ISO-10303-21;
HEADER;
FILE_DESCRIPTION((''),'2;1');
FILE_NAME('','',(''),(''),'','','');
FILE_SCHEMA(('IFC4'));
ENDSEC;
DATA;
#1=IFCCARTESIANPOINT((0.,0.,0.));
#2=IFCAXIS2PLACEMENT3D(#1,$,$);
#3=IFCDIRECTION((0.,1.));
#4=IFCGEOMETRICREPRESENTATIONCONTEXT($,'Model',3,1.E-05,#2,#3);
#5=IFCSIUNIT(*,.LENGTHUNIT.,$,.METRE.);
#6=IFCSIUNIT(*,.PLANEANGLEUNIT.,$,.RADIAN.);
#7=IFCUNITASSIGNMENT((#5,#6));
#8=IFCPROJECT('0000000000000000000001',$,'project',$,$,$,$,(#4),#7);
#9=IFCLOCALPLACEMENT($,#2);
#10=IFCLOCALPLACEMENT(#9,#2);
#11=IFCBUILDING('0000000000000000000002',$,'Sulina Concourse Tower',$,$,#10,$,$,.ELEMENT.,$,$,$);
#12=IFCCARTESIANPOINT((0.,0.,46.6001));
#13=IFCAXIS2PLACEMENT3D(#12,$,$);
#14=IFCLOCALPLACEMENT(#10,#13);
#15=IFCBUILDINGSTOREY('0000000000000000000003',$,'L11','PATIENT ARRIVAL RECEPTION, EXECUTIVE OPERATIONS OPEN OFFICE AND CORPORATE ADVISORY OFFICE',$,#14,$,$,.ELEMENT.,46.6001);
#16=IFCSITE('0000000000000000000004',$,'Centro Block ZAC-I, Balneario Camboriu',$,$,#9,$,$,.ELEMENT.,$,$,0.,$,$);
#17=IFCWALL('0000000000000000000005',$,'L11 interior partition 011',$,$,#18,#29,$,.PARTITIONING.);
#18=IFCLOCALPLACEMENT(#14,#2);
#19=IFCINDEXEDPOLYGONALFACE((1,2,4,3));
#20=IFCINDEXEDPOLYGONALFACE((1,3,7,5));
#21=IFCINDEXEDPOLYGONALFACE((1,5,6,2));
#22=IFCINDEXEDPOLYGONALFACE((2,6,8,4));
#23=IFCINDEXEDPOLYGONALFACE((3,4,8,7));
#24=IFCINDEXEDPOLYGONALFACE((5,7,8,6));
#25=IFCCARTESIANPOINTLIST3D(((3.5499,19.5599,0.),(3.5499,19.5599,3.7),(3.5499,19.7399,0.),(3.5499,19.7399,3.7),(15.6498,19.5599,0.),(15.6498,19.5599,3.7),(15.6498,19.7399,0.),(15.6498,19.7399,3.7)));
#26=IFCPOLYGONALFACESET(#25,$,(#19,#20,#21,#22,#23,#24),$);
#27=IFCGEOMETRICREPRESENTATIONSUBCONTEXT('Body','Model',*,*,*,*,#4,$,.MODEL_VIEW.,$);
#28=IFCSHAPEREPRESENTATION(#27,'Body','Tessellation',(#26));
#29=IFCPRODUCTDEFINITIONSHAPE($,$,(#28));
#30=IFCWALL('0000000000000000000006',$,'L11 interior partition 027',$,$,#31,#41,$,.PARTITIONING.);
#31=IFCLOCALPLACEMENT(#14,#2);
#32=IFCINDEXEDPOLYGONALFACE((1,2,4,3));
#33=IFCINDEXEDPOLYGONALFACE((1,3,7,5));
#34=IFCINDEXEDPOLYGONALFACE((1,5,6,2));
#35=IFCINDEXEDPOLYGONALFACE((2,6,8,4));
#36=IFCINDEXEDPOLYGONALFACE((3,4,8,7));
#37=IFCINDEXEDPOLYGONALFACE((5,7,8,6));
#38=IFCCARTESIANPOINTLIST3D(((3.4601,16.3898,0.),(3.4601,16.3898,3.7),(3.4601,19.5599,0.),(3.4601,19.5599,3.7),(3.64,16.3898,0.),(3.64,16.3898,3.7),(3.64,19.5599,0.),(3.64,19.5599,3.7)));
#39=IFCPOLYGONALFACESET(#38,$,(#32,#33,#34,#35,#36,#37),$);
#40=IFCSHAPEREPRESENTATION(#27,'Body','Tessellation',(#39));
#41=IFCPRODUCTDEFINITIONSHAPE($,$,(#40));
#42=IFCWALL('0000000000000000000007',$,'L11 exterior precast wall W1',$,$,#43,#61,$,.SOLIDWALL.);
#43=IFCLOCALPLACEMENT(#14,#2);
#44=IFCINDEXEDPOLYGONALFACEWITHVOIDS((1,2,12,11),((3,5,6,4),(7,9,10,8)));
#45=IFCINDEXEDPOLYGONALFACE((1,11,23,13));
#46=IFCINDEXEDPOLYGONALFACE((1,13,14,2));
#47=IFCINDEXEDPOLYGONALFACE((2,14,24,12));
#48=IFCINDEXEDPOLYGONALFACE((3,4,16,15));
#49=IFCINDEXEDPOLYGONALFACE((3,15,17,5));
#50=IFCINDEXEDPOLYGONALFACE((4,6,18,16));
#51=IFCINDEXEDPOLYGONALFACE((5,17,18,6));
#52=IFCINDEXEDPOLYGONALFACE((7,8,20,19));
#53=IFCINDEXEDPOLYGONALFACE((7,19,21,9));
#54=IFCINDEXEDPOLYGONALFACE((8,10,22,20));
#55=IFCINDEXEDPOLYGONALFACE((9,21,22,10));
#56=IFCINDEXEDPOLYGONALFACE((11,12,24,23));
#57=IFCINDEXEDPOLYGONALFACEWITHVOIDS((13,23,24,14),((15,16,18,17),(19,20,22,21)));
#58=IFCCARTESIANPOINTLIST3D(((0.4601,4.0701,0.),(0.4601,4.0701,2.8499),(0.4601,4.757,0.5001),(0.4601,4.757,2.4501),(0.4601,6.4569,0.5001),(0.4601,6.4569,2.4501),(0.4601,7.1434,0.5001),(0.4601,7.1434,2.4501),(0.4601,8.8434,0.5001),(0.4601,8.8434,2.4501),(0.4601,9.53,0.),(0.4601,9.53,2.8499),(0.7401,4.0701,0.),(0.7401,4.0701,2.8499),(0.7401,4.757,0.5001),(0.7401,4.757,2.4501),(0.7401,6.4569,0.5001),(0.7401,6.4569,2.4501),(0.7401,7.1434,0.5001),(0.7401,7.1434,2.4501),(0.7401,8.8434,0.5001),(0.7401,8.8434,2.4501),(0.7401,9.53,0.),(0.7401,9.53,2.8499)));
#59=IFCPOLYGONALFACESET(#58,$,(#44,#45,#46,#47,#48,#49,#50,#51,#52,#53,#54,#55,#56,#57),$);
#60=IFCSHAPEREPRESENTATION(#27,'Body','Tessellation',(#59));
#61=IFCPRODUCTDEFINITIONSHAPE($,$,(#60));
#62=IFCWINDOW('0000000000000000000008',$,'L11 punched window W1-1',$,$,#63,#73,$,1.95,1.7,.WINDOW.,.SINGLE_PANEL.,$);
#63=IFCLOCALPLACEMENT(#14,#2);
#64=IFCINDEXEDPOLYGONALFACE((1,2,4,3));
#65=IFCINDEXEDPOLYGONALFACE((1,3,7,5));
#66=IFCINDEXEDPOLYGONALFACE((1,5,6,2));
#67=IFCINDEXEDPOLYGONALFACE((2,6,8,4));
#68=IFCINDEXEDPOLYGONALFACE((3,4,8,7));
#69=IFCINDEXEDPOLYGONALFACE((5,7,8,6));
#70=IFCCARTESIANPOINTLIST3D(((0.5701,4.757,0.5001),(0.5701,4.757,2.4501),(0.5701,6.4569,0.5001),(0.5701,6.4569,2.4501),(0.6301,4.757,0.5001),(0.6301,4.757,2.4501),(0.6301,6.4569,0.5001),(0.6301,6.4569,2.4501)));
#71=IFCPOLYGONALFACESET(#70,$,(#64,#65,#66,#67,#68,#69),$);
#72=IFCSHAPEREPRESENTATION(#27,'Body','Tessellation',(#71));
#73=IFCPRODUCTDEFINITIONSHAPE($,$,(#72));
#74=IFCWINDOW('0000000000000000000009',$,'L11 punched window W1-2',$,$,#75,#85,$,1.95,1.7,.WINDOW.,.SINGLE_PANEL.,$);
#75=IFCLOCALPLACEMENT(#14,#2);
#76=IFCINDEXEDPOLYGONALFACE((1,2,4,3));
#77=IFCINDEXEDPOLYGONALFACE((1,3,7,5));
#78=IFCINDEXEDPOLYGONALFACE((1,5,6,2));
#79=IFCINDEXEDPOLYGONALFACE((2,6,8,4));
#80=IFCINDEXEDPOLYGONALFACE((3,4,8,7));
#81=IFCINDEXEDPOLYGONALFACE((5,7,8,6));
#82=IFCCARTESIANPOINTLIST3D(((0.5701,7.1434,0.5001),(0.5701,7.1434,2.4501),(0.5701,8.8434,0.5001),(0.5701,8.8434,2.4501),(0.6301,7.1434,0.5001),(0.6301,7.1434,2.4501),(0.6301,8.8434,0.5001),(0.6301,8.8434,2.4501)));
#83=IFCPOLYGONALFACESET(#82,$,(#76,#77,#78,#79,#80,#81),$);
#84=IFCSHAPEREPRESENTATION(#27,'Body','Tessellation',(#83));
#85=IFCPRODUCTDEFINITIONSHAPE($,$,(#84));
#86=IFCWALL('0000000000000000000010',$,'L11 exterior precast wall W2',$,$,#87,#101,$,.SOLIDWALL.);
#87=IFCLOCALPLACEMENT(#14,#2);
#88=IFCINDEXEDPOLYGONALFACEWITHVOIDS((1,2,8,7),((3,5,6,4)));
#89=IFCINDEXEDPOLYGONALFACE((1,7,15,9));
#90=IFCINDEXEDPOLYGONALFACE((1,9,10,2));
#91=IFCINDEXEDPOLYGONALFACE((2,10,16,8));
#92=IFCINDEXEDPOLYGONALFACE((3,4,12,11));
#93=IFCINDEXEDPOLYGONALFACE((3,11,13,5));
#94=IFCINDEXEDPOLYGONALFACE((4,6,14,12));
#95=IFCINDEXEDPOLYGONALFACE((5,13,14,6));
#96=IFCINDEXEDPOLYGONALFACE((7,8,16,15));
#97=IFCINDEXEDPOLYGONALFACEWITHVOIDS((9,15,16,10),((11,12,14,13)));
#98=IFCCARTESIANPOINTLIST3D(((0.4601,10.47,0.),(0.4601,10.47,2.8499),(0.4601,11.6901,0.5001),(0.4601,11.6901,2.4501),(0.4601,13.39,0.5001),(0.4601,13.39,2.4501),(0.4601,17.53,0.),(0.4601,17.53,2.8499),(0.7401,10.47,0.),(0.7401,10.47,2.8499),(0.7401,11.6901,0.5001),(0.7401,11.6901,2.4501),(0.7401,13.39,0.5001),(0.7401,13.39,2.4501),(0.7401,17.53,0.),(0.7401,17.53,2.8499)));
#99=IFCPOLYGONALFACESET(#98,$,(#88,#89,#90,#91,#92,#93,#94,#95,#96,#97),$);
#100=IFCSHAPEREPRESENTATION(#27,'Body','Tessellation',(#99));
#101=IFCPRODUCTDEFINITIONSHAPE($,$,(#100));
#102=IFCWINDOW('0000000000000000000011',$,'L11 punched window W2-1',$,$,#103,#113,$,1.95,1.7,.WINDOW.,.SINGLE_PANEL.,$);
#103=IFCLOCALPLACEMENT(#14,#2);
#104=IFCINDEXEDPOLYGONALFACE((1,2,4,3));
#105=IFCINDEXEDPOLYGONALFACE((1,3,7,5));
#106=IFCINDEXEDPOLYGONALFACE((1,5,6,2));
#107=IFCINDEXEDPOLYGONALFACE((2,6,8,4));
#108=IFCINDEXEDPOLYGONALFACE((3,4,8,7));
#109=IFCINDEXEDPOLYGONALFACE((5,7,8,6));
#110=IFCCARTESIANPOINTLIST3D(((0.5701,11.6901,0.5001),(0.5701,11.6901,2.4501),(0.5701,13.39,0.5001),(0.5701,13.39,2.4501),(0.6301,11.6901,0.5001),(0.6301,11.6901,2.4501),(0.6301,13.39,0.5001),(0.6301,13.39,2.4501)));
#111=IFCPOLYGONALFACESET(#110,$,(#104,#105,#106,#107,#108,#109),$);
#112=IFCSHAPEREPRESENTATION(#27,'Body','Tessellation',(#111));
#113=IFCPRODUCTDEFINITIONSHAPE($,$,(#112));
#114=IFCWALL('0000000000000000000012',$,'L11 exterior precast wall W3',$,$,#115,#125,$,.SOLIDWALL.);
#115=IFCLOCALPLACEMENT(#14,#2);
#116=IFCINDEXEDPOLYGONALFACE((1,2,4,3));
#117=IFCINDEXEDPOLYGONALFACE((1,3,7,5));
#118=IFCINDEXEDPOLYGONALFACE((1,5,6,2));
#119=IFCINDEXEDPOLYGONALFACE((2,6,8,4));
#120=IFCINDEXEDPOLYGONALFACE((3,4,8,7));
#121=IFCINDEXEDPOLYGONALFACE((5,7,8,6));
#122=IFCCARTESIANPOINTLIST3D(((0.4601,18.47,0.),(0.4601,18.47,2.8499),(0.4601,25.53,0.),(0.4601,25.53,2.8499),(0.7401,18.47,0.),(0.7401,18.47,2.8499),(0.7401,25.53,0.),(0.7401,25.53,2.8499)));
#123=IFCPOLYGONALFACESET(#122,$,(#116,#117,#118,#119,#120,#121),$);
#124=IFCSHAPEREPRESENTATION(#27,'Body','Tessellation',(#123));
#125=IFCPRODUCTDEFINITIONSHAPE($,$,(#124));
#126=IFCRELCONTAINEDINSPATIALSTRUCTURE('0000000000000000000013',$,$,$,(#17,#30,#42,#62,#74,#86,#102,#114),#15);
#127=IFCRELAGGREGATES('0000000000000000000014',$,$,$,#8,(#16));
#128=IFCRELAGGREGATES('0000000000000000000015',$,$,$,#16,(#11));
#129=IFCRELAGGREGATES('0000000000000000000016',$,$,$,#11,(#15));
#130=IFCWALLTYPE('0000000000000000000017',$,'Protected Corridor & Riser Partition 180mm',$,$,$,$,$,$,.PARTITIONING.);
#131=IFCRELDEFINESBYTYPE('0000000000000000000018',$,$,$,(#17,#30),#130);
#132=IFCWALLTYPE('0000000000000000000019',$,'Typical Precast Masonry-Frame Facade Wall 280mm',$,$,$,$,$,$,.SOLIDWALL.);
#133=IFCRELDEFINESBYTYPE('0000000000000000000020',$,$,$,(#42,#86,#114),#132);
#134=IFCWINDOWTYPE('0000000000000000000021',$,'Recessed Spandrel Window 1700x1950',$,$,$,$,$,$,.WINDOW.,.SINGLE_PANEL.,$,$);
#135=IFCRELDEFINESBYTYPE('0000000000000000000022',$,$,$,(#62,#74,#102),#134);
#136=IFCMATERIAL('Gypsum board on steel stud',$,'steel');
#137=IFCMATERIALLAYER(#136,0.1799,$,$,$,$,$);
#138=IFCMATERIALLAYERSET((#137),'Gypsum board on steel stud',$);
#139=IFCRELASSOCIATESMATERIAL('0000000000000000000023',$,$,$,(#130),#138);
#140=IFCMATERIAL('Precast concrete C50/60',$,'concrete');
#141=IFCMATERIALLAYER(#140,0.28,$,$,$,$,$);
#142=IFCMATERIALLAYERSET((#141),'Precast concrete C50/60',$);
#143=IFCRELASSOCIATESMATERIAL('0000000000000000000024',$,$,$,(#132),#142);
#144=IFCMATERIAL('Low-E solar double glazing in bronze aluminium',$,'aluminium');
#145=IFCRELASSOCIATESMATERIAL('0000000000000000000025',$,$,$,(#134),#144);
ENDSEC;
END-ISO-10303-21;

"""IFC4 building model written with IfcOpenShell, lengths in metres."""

from ifc_helpers import new_model, si_unit, direction, frame, frame_2d, origin, place, context, subcontext, project, spatial, rectangle, extrude, material, layer, layer_set, type_object, element, fill, save


model = new_model("IFC4")

# Units and contexts
model_context = context("Model", 3, precision=1e-05, world=origin(), true_north=direction((0.0, 1.0)))
body_context = subcontext(model_context, "Body", "Model", "MODEL_VIEW")
ifc_project = project(units=[si_unit("LENGTHUNIT", "METRE"), si_unit("PLANEANGLEUNIT", "RADIAN")], contexts=[model_context])

# Site, building, storey
site_placement = place(None, origin())
site = spatial("IfcSite", under=ifc_project, at=site_placement, Name="Centro Block ZAC-I, Balneario Camboriu", CompositionType="ELEMENT", RefElevation=0.0)
building_placement = place(site_placement, origin())
building = spatial("IfcBuilding", under=site, at=building_placement, Name="Sulina Concourse Tower", CompositionType="ELEMENT")
storey_placement = place(building_placement, frame((0.0, 0.0, 46.6001)))
storey = spatial("IfcBuildingStorey", under=building, at=storey_placement, Name="L11", Description="PATIENT ARRIVAL RECEPTION, EXECUTIVE OPERATIONS OPEN OFFICE AND CORPORATE ADVISORY OFFICE", CompositionType="ELEMENT", Elevation=46.6001)

# Shared definitions
ifc_material_1 = material(Name="Gypsum board on steel stud", Category="steel")
ifc_layer_1 = layer(ifc_material_1, 0.1799)
ifc_layer_set_1 = layer_set([ifc_layer_1], Name="Gypsum board on steel stud")
wall_type_1 = type_object("IfcWallType", Name="Protected Corridor & Riser Partition 180mm", PredefinedType="PARTITIONING", material=ifc_layer_set_1)

# Walls
wall_1_placement = place(storey_placement, frame((3.55, 19.6499, 0.0), z_axis=(0.0, 0.0, 1.0), x_axis=(1.0, 0.0, 0.0)))
element("IfcWall", 1, at=wall_1_placement, inside=storey, type_object=wall_type_1, Name="L11 interior partition 011", PredefinedType="PARTITIONING", context=body_context, shape_type="SweptSolid", body=[
    extrude(rectangle(XDim=12.0999, YDim=0.1799, at=frame_2d((6.0498, 0.0))), origin(), (0.0, 0.0, 1.0), 3.7),
])
wall_2_placement = place(storey_placement, frame((3.55, 16.3899, 0.0), z_axis=(0.0, 0.0, 1.0), x_axis=(0.0, 1.0, 0.0)))
element("IfcWall", 2, at=wall_2_placement, inside=storey, type_object=wall_type_1, Name="L11 interior partition 027", PredefinedType="PARTITIONING", context=body_context, shape_type="SweptSolid", body=[
    extrude(rectangle(XDim=3.1702, YDim=0.1799, at=frame_2d((1.585, 0.0))), origin(), (0.0, 0.0, 1.0), 3.7),
])

# Wall, openings, windows
ifc_material_2 = material(Name="Precast concrete C50/60", Category="concrete")
ifc_layer_2 = layer(ifc_material_2, 0.28)
ifc_layer_set_2 = layer_set([ifc_layer_2], Name="Precast concrete C50/60")
wall_type_2 = type_object("IfcWallType", Name="Typical Precast Masonry-Frame Facade Wall 280mm", PredefinedType="SOLIDWALL", material=ifc_layer_set_2)
wall_3_placement = place(storey_placement, frame((0.6001, 4.0701, 0.0), z_axis=(0.0, 0.0, 1.0), x_axis=(0.0, 1.0, 0.0)))
wall_3 = element("IfcWall", 3, at=wall_3_placement, inside=storey, type_object=wall_type_2, Name="L11 exterior precast wall W1", PredefinedType="SOLIDWALL", context=body_context, shape_type="SweptSolid", body=[
    extrude(rectangle(XDim=5.46, YDim=0.28, at=frame_2d((2.73, 0.0))), origin(), (0.0, 0.0, 1.0), 2.8499),
])
opening_1_placement = place(wall_3_placement, frame((0.6868, 0.0, 0.5)))
opening_1 = element("IfcOpeningElement", 4, at=opening_1_placement, cuts=wall_3, PredefinedType="OPENING", context=body_context, shape_type="SweptSolid", body=[
    extrude(rectangle(XDim=1.7, YDim=1.95, at=frame_2d((0.8501, 0.9751))), frame((0.0, 0.1499, 0.0), z_axis=(0.0, -1.0, 0.0), x_axis=(1.0, 0.0, 0.0)), (0.0, 0.0, 1.0), 0.3),
])
opening_2_placement = place(wall_3_placement, frame((3.0732, 0.0, 0.5)))
opening_2 = element("IfcOpeningElement", 5, at=opening_2_placement, cuts=wall_3, PredefinedType="OPENING", context=body_context, shape_type="SweptSolid", body=[
    extrude(rectangle(XDim=1.7, YDim=1.95, at=frame_2d((0.8501, 0.9751))), frame((0.0, 0.1499, 0.0), z_axis=(0.0, -1.0, 0.0), x_axis=(1.0, 0.0, 0.0)), (0.0, 0.0, 1.0), 0.3),
])
ifc_material_3 = material(Name="Low-E solar double glazing in bronze aluminium", Category="aluminium")
window_type = type_object("IfcWindowType", Name="Recessed Spandrel Window 1700x1950", PartitioningType="SINGLE_PANEL", PredefinedType="WINDOW", material=ifc_material_3)
window_1_placement = place(opening_1_placement, origin())
window_1 = element("IfcWindow", 6, at=window_1_placement, inside=storey, type_object=window_type, Name="L11 punched window W1-1", OverallHeight=1.95, OverallWidth=1.7, PartitioningType="SINGLE_PANEL", PredefinedType="WINDOW", context=body_context, shape_type="SweptSolid", body=[
    extrude(rectangle(XDim=1.7, YDim=1.95, at=frame_2d((0.8501, 0.9751))), frame((0.0, 0.03, 0.0), z_axis=(0.0, -1.0, 0.0), x_axis=(1.0, 0.0, 0.0)), (0.0, 0.0, 1.0), 0.0601),
])
fill(opening_1, window_1)
window_2_placement = place(opening_2_placement, origin())
window_2 = element("IfcWindow", 7, at=window_2_placement, inside=storey, type_object=window_type, Name="L11 punched window W1-2", OverallHeight=1.95, OverallWidth=1.7, PartitioningType="SINGLE_PANEL", PredefinedType="WINDOW", context=body_context, shape_type="SweptSolid", body=[
    extrude(rectangle(XDim=1.7, YDim=1.95, at=frame_2d((0.8501, 0.9751))), frame((0.0, 0.03, 0.0), z_axis=(0.0, -1.0, 0.0), x_axis=(1.0, 0.0, 0.0)), (0.0, 0.0, 1.0), 0.0601),
])
fill(opening_2, window_2)

# Wall, opening, window
wall_4_placement = place(storey_placement, frame((0.6001, 10.47, 0.0), z_axis=(0.0, 0.0, 1.0), x_axis=(0.0, 1.0, 0.0)))
wall_4 = element("IfcWall", 8, at=wall_4_placement, inside=storey, type_object=wall_type_2, Name="L11 exterior precast wall W2", PredefinedType="SOLIDWALL", context=body_context, shape_type="SweptSolid", body=[
    extrude(rectangle(XDim=7.0601, YDim=0.28, at=frame_2d((3.53, 0.0))), origin(), (0.0, 0.0, 1.0), 2.8499),
])
opening_3_placement = place(wall_4_placement, frame((1.22, 0.0, 0.5)))
opening_3 = element("IfcOpeningElement", 9, at=opening_3_placement, cuts=wall_4, PredefinedType="OPENING", context=body_context, shape_type="SweptSolid", body=[
    extrude(rectangle(XDim=1.7, YDim=1.95, at=frame_2d((0.8501, 0.9751))), frame((0.0, 0.1499, 0.0), z_axis=(0.0, -1.0, 0.0), x_axis=(1.0, 0.0, 0.0)), (0.0, 0.0, 1.0), 0.3),
])
window_3_placement = place(opening_3_placement, origin())
window_3 = element("IfcWindow", 10, at=window_3_placement, inside=storey, type_object=window_type, Name="L11 punched window W2-1", OverallHeight=1.95, OverallWidth=1.7, PartitioningType="SINGLE_PANEL", PredefinedType="WINDOW", context=body_context, shape_type="SweptSolid", body=[
    extrude(rectangle(XDim=1.7, YDim=1.95, at=frame_2d((0.8501, 0.9751))), frame((0.0, 0.03, 0.0), z_axis=(0.0, -1.0, 0.0), x_axis=(1.0, 0.0, 0.0)), (0.0, 0.0, 1.0), 0.0601),
])
fill(opening_3, window_3)

# Wall
wall_5_placement = place(storey_placement, frame((0.6001, 18.47, 0.0), z_axis=(0.0, 0.0, 1.0), x_axis=(0.0, 1.0, 0.0)))
element("IfcWall", 11, at=wall_5_placement, inside=storey, type_object=wall_type_2, Name="L11 exterior precast wall W3", PredefinedType="SOLIDWALL", context=body_context, shape_type="SweptSolid", body=[
    extrude(rectangle(XDim=7.0601, YDim=0.28, at=frame_2d((3.53, 0.0))), origin(), (0.0, 0.0, 1.0), 2.8499),
])

save(model, "model.ifc")
